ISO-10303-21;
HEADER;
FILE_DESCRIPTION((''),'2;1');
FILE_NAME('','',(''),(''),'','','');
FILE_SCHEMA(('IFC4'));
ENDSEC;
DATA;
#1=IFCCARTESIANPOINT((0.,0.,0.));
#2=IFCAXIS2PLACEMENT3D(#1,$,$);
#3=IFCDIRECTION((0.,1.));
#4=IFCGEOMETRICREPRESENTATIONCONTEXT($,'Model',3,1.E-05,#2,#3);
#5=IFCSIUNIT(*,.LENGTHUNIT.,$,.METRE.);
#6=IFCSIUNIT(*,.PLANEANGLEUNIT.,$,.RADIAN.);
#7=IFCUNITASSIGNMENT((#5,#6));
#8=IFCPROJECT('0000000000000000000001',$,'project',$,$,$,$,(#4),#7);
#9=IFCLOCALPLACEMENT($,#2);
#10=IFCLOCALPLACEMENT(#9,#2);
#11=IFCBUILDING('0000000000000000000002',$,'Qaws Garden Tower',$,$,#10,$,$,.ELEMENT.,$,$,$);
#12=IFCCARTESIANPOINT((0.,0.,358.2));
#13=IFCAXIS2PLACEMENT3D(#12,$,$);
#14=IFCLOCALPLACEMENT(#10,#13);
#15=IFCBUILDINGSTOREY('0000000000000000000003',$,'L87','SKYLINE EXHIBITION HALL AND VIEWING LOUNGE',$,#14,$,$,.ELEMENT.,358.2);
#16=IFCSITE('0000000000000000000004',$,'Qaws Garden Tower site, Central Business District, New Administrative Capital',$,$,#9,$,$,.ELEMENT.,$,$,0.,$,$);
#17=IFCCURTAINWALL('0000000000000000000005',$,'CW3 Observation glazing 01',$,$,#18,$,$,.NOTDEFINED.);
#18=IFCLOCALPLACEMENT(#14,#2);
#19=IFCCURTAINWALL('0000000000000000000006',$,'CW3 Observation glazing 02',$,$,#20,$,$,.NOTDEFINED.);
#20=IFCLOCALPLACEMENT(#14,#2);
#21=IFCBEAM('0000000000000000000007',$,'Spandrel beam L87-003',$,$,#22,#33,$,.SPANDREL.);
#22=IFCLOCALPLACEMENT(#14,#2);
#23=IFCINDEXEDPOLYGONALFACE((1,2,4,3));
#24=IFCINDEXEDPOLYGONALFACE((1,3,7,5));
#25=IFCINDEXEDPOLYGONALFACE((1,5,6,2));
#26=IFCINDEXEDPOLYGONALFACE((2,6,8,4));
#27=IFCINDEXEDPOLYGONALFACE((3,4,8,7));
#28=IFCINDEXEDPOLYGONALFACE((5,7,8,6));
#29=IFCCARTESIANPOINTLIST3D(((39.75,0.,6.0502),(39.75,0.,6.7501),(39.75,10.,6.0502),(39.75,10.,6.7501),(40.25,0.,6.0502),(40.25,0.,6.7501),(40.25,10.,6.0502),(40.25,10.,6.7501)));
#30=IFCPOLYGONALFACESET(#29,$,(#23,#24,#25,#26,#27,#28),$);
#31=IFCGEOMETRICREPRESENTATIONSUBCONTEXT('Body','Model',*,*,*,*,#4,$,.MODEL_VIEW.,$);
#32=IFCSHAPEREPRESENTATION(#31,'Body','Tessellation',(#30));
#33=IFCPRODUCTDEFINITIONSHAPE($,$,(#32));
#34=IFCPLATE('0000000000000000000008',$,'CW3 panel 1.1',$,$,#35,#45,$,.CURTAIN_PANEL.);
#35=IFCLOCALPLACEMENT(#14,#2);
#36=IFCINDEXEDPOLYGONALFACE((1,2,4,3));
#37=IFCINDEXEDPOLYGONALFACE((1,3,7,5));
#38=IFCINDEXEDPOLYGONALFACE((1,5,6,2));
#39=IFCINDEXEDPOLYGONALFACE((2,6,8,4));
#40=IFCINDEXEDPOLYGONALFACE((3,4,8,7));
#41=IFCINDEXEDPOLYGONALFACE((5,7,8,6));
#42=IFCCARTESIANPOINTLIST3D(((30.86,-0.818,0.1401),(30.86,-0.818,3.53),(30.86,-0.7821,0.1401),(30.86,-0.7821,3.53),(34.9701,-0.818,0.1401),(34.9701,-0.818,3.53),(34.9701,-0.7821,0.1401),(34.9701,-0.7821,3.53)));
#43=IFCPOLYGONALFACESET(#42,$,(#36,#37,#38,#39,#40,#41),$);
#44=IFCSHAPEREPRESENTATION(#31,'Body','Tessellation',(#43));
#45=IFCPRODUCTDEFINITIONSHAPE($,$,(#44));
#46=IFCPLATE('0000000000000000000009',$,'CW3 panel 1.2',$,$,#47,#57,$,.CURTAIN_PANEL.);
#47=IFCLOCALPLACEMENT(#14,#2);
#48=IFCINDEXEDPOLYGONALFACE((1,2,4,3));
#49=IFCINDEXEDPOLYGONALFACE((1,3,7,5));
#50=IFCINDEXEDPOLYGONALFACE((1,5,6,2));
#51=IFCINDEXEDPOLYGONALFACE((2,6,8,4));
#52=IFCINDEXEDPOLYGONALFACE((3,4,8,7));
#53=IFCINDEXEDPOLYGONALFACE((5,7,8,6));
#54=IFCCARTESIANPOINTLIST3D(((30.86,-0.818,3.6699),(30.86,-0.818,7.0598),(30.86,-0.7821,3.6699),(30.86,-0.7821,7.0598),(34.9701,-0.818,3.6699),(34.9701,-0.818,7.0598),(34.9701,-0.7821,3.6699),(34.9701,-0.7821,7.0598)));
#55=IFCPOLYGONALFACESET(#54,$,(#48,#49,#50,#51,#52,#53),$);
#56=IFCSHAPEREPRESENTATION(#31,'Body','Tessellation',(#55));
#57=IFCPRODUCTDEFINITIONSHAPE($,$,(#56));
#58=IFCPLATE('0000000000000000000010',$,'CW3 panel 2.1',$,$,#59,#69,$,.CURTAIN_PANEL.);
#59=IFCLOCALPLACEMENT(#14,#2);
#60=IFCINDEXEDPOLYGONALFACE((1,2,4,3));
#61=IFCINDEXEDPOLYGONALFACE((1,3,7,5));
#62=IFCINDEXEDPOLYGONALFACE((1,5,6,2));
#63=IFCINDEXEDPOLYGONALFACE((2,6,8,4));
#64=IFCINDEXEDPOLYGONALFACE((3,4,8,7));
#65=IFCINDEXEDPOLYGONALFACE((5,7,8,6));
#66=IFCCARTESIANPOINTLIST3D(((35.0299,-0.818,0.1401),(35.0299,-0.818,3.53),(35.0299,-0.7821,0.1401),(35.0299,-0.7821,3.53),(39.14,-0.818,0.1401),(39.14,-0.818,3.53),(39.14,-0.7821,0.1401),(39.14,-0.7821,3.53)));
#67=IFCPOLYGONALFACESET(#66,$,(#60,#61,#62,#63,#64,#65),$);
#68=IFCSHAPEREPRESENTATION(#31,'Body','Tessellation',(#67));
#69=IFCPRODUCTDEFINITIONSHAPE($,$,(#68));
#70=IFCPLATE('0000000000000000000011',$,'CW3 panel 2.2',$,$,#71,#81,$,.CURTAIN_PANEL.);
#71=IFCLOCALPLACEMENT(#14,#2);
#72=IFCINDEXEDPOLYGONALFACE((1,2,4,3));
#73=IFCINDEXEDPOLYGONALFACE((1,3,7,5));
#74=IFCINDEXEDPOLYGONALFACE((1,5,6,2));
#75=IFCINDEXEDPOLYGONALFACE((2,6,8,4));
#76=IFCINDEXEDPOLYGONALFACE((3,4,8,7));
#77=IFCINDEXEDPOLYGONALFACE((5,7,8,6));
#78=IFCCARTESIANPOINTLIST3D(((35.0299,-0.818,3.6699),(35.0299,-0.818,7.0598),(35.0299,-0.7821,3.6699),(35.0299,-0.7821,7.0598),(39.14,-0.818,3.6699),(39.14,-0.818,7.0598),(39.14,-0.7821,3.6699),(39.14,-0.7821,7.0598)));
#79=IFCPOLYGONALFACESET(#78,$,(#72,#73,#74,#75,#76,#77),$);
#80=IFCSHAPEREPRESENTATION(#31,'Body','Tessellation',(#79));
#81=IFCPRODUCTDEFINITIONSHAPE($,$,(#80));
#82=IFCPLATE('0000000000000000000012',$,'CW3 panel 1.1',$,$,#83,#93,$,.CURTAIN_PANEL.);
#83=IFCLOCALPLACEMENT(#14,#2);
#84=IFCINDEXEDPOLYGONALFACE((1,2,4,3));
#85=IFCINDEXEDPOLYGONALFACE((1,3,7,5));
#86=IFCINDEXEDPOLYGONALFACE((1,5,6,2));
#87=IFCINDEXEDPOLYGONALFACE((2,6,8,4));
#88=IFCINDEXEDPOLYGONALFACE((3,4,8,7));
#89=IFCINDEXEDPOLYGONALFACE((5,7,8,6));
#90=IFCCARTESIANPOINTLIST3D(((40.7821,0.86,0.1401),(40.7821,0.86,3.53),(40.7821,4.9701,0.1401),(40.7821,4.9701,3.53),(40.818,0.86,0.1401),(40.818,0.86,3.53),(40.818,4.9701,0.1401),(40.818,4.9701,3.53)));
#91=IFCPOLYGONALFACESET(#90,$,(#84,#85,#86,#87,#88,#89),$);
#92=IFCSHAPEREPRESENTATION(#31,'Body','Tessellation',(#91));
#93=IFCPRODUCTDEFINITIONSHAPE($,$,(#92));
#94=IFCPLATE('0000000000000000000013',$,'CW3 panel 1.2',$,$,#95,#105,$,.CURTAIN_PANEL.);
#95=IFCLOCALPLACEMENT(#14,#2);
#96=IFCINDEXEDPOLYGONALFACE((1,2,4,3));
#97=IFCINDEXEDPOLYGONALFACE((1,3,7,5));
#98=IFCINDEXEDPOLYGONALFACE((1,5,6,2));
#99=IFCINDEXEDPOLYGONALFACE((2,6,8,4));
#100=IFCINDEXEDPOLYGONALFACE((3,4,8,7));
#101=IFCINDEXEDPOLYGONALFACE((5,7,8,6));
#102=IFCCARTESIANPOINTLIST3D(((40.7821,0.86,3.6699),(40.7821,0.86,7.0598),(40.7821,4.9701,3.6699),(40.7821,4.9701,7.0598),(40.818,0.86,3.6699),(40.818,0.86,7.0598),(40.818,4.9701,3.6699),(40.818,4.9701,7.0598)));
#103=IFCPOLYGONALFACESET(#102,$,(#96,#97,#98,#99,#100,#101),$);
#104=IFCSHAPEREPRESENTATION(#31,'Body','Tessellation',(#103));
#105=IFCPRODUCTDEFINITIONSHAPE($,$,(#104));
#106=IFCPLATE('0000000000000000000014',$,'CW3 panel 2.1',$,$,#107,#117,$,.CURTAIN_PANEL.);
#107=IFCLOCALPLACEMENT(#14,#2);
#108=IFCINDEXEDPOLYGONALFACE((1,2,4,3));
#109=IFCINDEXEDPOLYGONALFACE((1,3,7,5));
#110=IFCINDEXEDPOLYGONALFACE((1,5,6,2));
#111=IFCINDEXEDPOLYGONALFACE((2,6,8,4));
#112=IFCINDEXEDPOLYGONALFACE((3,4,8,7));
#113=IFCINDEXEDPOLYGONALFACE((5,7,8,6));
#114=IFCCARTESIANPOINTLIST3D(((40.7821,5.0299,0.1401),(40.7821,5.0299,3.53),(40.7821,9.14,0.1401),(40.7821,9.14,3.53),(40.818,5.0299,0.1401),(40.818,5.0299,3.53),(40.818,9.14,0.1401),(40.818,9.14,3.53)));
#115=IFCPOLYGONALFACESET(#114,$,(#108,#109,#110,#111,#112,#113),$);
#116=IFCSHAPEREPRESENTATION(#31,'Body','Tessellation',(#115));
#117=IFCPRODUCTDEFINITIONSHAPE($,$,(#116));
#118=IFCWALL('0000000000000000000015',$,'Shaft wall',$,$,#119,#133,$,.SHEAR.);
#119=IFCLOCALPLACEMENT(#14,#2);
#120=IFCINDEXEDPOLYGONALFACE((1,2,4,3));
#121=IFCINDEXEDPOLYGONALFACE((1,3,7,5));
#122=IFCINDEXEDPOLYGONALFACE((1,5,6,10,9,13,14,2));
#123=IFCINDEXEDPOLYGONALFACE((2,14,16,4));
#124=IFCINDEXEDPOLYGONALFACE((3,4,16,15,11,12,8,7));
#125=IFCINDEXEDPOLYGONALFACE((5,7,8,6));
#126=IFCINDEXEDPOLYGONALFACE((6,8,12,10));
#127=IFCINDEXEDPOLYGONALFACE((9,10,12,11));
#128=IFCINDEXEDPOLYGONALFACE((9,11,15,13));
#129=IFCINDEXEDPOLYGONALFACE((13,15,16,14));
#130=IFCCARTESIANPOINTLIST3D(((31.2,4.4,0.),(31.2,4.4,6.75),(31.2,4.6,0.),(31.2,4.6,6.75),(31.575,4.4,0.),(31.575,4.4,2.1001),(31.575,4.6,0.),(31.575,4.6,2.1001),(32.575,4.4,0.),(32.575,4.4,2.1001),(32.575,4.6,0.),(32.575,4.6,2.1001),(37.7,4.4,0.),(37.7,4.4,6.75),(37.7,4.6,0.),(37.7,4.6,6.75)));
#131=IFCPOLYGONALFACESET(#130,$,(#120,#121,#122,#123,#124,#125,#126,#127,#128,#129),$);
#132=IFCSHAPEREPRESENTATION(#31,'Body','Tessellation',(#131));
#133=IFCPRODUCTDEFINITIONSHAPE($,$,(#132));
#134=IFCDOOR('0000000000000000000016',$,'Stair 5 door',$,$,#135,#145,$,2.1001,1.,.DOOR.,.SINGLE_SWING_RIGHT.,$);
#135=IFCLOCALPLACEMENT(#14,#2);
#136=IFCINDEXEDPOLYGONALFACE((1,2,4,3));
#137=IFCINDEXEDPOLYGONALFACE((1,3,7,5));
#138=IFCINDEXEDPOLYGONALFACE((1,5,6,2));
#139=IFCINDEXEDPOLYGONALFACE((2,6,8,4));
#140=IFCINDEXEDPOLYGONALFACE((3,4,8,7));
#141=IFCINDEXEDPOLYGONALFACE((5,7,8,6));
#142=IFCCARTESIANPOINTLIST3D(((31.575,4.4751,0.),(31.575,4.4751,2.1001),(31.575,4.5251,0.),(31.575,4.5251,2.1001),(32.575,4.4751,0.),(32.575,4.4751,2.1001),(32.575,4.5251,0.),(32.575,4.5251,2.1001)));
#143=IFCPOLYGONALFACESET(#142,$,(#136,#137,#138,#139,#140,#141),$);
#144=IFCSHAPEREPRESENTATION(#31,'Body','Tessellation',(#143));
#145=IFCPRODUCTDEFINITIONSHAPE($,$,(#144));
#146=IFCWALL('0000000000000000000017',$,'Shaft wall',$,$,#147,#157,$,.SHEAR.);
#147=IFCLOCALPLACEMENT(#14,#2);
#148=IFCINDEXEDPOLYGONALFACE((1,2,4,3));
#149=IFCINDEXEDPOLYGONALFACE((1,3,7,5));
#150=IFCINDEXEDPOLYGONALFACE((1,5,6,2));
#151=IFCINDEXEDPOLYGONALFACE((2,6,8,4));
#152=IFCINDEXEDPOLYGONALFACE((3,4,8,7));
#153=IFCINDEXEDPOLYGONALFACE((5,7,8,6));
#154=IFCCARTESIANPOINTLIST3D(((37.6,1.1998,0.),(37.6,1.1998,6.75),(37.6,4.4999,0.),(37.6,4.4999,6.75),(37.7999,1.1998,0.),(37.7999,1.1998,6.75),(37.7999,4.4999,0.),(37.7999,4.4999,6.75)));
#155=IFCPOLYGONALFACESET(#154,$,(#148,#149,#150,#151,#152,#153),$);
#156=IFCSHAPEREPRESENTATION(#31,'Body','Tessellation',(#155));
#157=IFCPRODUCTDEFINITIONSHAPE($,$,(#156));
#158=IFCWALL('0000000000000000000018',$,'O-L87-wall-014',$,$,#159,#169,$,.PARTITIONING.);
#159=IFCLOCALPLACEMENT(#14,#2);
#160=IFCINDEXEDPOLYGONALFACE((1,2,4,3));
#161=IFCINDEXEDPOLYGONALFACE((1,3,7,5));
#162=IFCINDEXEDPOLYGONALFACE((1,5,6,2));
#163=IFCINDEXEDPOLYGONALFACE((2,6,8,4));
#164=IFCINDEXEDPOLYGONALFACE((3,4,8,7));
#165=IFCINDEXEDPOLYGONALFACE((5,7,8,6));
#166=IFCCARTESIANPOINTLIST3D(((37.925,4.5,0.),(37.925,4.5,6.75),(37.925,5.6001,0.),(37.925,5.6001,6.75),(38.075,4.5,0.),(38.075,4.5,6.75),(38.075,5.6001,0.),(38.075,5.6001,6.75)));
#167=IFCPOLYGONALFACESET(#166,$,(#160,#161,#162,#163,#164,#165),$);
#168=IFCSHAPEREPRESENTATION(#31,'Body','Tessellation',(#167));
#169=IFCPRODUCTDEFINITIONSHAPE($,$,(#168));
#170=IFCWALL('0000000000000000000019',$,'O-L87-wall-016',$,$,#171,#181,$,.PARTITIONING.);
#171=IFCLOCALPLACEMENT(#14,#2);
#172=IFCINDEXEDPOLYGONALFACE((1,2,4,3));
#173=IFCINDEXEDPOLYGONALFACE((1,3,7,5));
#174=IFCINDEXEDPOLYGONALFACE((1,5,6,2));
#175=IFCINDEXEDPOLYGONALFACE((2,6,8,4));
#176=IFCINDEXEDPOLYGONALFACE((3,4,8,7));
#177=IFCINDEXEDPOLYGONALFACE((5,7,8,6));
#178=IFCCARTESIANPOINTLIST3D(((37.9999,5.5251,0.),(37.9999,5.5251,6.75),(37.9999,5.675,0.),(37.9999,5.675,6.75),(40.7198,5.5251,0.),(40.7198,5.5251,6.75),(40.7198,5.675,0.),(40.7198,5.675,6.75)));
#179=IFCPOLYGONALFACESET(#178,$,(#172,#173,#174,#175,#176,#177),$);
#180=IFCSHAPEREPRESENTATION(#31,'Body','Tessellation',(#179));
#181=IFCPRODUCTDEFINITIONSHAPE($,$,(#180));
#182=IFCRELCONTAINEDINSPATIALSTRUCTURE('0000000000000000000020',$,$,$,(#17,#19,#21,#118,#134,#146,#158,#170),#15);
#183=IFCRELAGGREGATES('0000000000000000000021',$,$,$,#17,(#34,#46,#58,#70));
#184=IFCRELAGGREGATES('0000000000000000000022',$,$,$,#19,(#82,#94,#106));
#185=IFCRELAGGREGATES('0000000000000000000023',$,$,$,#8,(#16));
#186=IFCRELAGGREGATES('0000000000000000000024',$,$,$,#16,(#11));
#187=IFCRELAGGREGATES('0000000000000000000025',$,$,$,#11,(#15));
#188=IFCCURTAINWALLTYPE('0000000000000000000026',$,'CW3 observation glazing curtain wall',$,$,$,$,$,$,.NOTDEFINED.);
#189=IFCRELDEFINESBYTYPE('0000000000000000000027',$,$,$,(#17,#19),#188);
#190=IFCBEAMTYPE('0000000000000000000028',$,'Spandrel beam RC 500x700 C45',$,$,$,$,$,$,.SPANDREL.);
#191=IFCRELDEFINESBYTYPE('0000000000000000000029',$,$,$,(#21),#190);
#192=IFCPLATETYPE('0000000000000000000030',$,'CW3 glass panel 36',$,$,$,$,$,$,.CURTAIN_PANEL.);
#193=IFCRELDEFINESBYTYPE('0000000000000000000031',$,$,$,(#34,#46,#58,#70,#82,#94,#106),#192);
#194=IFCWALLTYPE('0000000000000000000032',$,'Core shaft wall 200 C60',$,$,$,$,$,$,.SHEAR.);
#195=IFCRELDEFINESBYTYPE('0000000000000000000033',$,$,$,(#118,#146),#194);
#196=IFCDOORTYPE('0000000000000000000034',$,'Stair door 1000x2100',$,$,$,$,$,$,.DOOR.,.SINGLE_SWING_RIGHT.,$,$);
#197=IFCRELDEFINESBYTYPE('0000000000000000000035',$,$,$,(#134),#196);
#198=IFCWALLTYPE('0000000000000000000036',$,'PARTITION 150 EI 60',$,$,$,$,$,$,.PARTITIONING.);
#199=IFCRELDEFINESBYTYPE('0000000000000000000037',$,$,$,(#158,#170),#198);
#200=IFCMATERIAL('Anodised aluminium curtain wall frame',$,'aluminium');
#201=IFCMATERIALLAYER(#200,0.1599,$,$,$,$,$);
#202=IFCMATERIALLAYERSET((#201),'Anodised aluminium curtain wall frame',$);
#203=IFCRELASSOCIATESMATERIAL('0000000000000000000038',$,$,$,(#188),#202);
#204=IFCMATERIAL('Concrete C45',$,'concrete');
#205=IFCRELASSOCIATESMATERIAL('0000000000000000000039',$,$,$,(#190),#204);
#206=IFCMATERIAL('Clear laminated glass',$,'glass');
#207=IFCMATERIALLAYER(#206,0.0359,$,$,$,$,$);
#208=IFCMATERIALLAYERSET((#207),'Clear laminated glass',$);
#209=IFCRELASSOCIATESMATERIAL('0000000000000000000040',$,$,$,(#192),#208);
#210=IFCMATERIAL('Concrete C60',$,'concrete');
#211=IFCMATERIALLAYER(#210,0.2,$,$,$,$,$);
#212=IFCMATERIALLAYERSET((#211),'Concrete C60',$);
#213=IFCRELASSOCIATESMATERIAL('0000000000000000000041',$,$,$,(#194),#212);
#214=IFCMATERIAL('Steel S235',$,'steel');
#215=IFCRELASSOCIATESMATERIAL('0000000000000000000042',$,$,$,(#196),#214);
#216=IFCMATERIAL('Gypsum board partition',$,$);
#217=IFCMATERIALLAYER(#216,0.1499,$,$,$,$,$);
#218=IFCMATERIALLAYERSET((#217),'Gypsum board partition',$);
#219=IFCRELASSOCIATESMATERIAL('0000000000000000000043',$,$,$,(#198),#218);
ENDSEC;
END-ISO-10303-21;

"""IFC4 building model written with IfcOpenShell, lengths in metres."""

from ifc_helpers import new_model, si_unit, direction, frame, frame_2d, origin, origin_2d, place, context, subcontext, project, spatial, rectangle, extrude, material, layer, layer_set, material_profile, profile_set, type_object, element, fill, aggregate, save


model = new_model("IFC4")

# Units and contexts
model_context = context("Model", 3, precision=1e-05, world=origin(), true_north=direction((0.0, 1.0)))
body_context = subcontext(model_context, "Body", "Model", "MODEL_VIEW")
ifc_project = project(units=[si_unit("LENGTHUNIT", "METRE"), si_unit("PLANEANGLEUNIT", "RADIAN")], contexts=[model_context])

# Site, building, storey
site_placement = place(None, origin())
site = spatial("IfcSite", under=ifc_project, at=site_placement, Name="Qaws Garden Tower site, Central Business District, New Administrative Capital", CompositionType="ELEMENT", RefElevation=0.0)
building_placement = place(site_placement, origin())
building = spatial("IfcBuilding", under=site, at=building_placement, Name="Qaws Garden Tower", CompositionType="ELEMENT")
storey_placement = place(building_placement, frame((0.0, 0.0, 358.2)))
storey = spatial("IfcBuildingStorey", under=building, at=storey_placement, Name="L87", Description="SKYLINE EXHIBITION HALL AND VIEWING LOUNGE", CompositionType="ELEMENT", Elevation=358.2)

# Curtain walls
ifc_material_1 = material(Name="Anodised aluminium curtain wall frame", Category="aluminium")
ifc_layer_1 = layer(ifc_material_1, 0.1599)
ifc_layer_set_1 = layer_set([ifc_layer_1], Name="Anodised aluminium curtain wall frame")
curtain_wall_type = type_object("IfcCurtainWallType", Name="CW3 observation glazing curtain wall", PredefinedType="NOTDEFINED", material=ifc_layer_set_1)
placement = place(storey_placement, origin())
curtain_wall_1 = element("IfcCurtainWall", 1, at=placement, inside=storey, type_object=curtain_wall_type, Name="CW3 Observation glazing 01", PredefinedType="NOTDEFINED")
curtain_wall_2 = element("IfcCurtainWall", 2, at=placement, inside=storey, type_object=curtain_wall_type, Name="CW3 Observation glazing 02", PredefinedType="NOTDEFINED")

# Beam
ifc_material_2 = material(Name="Concrete C45", Category="concrete")
ifc_material_profile_1 = material_profile(ifc_material_2, rectangle(XDim=0.5, YDim=0.7, at=origin_2d()), Name="RC 500x700")
ifc_profile_set_1 = profile_set([ifc_material_profile_1], Name="Concrete C45")
beam_type = type_object("IfcBeamType", Name="Spandrel beam RC 500x700 C45", PredefinedType="SPANDREL", material=ifc_profile_set_1)
beam_placement = place(storey_placement, frame((40.0, 0.0, 6.4001), z_axis=(0.0, 1.0, 0.0), x_axis=(-1.0, 0.0, 0.0)))
element("IfcBeam", 3, at=beam_placement, inside=storey, type_object=beam_type, Name="Spandrel beam L87-003", PredefinedType="SPANDREL", context=body_context, shape_type="SweptSolid", body=[
    extrude(rectangle(XDim=0.5, YDim=0.7, at=origin_2d()), origin(), (0.0, 0.0, 1.0), 10.0),
])

# Plates
ifc_material_3 = material(Name="Clear laminated glass", Category="glass")
ifc_layer_2 = layer(ifc_material_3, 0.0359)
ifc_layer_set_2 = layer_set([ifc_layer_2], Name="Clear laminated glass")
plate_type = type_object("IfcPlateType", Name="CW3 glass panel 36", PredefinedType="CURTAIN_PANEL", material=ifc_layer_set_2)
plate_1_placement = place(storey_placement, frame((32.915, -0.8, 0.1401), z_axis=(0.0, 0.0, 1.0), x_axis=(1.0, 0.0, 0.0)))
plate_1 = element("IfcPlate", 4, at=plate_1_placement, type_object=plate_type, Name="CW3 panel 1.1", PredefinedType="CURTAIN_PANEL", context=body_context, shape_type="SweptSolid", body=[
    extrude(rectangle(XDim=4.1101, YDim=0.0359, at=origin_2d()), origin(), (0.0, 0.0, 1.0), 3.3899),
])
plate_2_placement = place(storey_placement, frame((32.915, -0.8, 3.6699), z_axis=(0.0, 0.0, 1.0), x_axis=(1.0, 0.0, 0.0)))
plate_2 = element("IfcPlate", 5, at=plate_2_placement, type_object=plate_type, Name="CW3 panel 1.2", PredefinedType="CURTAIN_PANEL", context=body_context, shape_type="SweptSolid", body=[
    extrude(rectangle(XDim=4.1101, YDim=0.0359, at=origin_2d()), origin(), (0.0, 0.0, 1.0), 3.3899),
])
plate_3_placement = place(storey_placement, frame((37.085, -0.8, 0.1401), z_axis=(0.0, 0.0, 1.0), x_axis=(1.0, 0.0, 0.0)))
plate_3 = element("IfcPlate", 6, at=plate_3_placement, type_object=plate_type, Name="CW3 panel 2.1", PredefinedType="CURTAIN_PANEL", context=body_context, shape_type="SweptSolid", body=[
    extrude(rectangle(XDim=4.1101, YDim=0.0359, at=origin_2d()), origin(), (0.0, 0.0, 1.0), 3.3899),
])
plate_4_placement = place(storey_placement, frame((37.085, -0.8, 3.6699), z_axis=(0.0, 0.0, 1.0), x_axis=(1.0, 0.0, 0.0)))
plate_4 = element("IfcPlate", 7, at=plate_4_placement, type_object=plate_type, Name="CW3 panel 2.2", PredefinedType="CURTAIN_PANEL", context=body_context, shape_type="SweptSolid", body=[
    extrude(rectangle(XDim=4.1101, YDim=0.0359, at=origin_2d()), origin(), (0.0, 0.0, 1.0), 3.3899),
])
aggregate(curtain_wall_1, [plate_1, plate_2, plate_3, plate_4])
plate_5_placement = place(storey_placement, frame((40.8, 2.915, 0.1401), z_axis=(0.0, 0.0, 1.0), x_axis=(0.0, 1.0, 0.0)))
plate_5 = element("IfcPlate", 8, at=plate_5_placement, type_object=plate_type, Name="CW3 panel 1.1", PredefinedType="CURTAIN_PANEL", context=body_context, shape_type="SweptSolid", body=[
    extrude(rectangle(XDim=4.1101, YDim=0.0359, at=origin_2d()), origin(), (0.0, 0.0, 1.0), 3.3899),
])
plate_6_placement = place(storey_placement, frame((40.8, 2.915, 3.6699), z_axis=(0.0, 0.0, 1.0), x_axis=(0.0, 1.0, 0.0)))
plate_6 = element("IfcPlate", 9, at=plate_6_placement, type_object=plate_type, Name="CW3 panel 1.2", PredefinedType="CURTAIN_PANEL", context=body_context, shape_type="SweptSolid", body=[
    extrude(rectangle(XDim=4.1101, YDim=0.0359, at=origin_2d()), origin(), (0.0, 0.0, 1.0), 3.3899),
])
plate_7_placement = place(storey_placement, frame((40.8, 7.085, 0.1401), z_axis=(0.0, 0.0, 1.0), x_axis=(0.0, 1.0, 0.0)))
plate_7 = element("IfcPlate", 10, at=plate_7_placement, type_object=plate_type, Name="CW3 panel 2.1", PredefinedType="CURTAIN_PANEL", context=body_context, shape_type="SweptSolid", body=[
    extrude(rectangle(XDim=4.1101, YDim=0.0359, at=origin_2d()), origin(), (0.0, 0.0, 1.0), 3.3899),
])
aggregate(curtain_wall_2, [plate_5, plate_6, plate_7])

# Wall, opening, door
ifc_material_4 = material(Name="Concrete C60", Category="concrete")
ifc_layer_3 = layer(ifc_material_4, 0.2)
ifc_layer_set_3 = layer_set([ifc_layer_3], Name="Concrete C60")
wall_type_1 = type_object("IfcWallType", Name="Core shaft wall 200 C60", PredefinedType="SHEAR", material=ifc_layer_set_3)
wall_1_placement = place(storey_placement, frame((31.2, 4.5, 0.0), z_axis=(0.0, 0.0, 1.0), x_axis=(1.0, 0.0, 0.0)))
wall_1 = element("IfcWall", 11, at=wall_1_placement, inside=storey, type_object=wall_type_1, Name="Shaft wall", PredefinedType="SHEAR", context=body_context, shape_type="SweptSolid", body=[
    extrude(rectangle(XDim=6.5, YDim=0.2, at=frame_2d((3.25, 0.0))), origin(), (0.0, 0.0, 1.0), 6.75),
])
opening_placement = place(wall_1_placement, frame((0.375, 0.0, 0.0)))
opening = element("IfcOpeningElement", 12, at=opening_placement, cuts=wall_1, PredefinedType="OPENING", context=body_context, shape_type="SweptSolid", body=[
    extrude(rectangle(XDim=1.0, YDim=2.1001, at=frame_2d((0.5, 1.05))), frame((0.0, 0.1099, 0.0), z_axis=(0.0, -1.0, 0.0), x_axis=(1.0, 0.0, 0.0)), (0.0, 0.0, 1.0), 0.22),
])
ifc_material_5 = material(Name="Steel S235", Category="steel")
door_type = type_object("IfcDoorType", Name="Stair door 1000x2100", OperationType="SINGLE_SWING_RIGHT", PredefinedType="DOOR", material=ifc_material_5)
door_placement = place(opening_placement, frame((1.0, 0.0, 0.0), z_axis=(0.0, 0.0, 1.0), x_axis=(-1.0, 0.0, 0.0)))
door = element("IfcDoor", 13, at=door_placement, inside=storey, type_object=door_type, Name="Stair 5 door", OperationType="SINGLE_SWING_RIGHT", OverallHeight=2.1001, OverallWidth=1.0, PredefinedType="DOOR", context=body_context, shape_type="SweptSolid", body=[
    extrude(rectangle(XDim=1.0, YDim=2.1001, at=frame_2d((0.5, 1.05))), frame((0.0, 0.0249, 0.0), z_axis=(0.0, -1.0, 0.0), x_axis=(1.0, 0.0, 0.0)), (0.0, 0.0, 1.0), 0.05),
])
fill(opening, door)

# Walls
wall_2_placement = place(storey_placement, frame((37.7, 1.2, 0.0), z_axis=(0.0, 0.0, 1.0), x_axis=(0.0, 1.0, 0.0)))
element("IfcWall", 14, at=wall_2_placement, inside=storey, type_object=wall_type_1, Name="Shaft wall", PredefinedType="SHEAR", context=body_context, shape_type="SweptSolid", body=[
    extrude(rectangle(XDim=3.3, YDim=0.2, at=frame_2d((1.6499, 0.0))), origin(), (0.0, 0.0, 1.0), 6.75),
])
ifc_material_6 = material(Name="Gypsum board partition")
ifc_layer_4 = layer(ifc_material_6, 0.1499)
ifc_layer_set_4 = layer_set([ifc_layer_4], Name="Gypsum board partition")
wall_type_2 = type_object("IfcWallType", Name="PARTITION 150 EI 60", PredefinedType="PARTITIONING", material=ifc_layer_set_4)
wall_3_placement = place(storey_placement, frame((38.0, 4.5, 0.0), z_axis=(0.0, 0.0, 1.0), x_axis=(0.0, 1.0, 0.0)))
element("IfcWall", 15, at=wall_3_placement, inside=storey, type_object=wall_type_2, Name="O-L87-wall-014", PredefinedType="PARTITIONING", context=body_context, shape_type="SweptSolid", body=[
    extrude(rectangle(XDim=1.1001, YDim=0.1499, at=frame_2d((0.55, 0.0))), origin(), (0.0, 0.0, 1.0), 6.75),
])
wall_4_placement = place(storey_placement, frame((38.0, 5.6001, 0.0), z_axis=(0.0, 0.0, 1.0), x_axis=(1.0, 0.0, 0.0)))
element("IfcWall", 16, at=wall_4_placement, inside=storey, type_object=wall_type_2, Name="O-L87-wall-016", PredefinedType="PARTITIONING", context=body_context, shape_type="SweptSolid", body=[
    extrude(rectangle(XDim=2.72, YDim=0.1499, at=frame_2d((1.3599, 0.0))), origin(), (0.0, 0.0, 1.0), 6.75),
])

save(model, "model.ifc")
